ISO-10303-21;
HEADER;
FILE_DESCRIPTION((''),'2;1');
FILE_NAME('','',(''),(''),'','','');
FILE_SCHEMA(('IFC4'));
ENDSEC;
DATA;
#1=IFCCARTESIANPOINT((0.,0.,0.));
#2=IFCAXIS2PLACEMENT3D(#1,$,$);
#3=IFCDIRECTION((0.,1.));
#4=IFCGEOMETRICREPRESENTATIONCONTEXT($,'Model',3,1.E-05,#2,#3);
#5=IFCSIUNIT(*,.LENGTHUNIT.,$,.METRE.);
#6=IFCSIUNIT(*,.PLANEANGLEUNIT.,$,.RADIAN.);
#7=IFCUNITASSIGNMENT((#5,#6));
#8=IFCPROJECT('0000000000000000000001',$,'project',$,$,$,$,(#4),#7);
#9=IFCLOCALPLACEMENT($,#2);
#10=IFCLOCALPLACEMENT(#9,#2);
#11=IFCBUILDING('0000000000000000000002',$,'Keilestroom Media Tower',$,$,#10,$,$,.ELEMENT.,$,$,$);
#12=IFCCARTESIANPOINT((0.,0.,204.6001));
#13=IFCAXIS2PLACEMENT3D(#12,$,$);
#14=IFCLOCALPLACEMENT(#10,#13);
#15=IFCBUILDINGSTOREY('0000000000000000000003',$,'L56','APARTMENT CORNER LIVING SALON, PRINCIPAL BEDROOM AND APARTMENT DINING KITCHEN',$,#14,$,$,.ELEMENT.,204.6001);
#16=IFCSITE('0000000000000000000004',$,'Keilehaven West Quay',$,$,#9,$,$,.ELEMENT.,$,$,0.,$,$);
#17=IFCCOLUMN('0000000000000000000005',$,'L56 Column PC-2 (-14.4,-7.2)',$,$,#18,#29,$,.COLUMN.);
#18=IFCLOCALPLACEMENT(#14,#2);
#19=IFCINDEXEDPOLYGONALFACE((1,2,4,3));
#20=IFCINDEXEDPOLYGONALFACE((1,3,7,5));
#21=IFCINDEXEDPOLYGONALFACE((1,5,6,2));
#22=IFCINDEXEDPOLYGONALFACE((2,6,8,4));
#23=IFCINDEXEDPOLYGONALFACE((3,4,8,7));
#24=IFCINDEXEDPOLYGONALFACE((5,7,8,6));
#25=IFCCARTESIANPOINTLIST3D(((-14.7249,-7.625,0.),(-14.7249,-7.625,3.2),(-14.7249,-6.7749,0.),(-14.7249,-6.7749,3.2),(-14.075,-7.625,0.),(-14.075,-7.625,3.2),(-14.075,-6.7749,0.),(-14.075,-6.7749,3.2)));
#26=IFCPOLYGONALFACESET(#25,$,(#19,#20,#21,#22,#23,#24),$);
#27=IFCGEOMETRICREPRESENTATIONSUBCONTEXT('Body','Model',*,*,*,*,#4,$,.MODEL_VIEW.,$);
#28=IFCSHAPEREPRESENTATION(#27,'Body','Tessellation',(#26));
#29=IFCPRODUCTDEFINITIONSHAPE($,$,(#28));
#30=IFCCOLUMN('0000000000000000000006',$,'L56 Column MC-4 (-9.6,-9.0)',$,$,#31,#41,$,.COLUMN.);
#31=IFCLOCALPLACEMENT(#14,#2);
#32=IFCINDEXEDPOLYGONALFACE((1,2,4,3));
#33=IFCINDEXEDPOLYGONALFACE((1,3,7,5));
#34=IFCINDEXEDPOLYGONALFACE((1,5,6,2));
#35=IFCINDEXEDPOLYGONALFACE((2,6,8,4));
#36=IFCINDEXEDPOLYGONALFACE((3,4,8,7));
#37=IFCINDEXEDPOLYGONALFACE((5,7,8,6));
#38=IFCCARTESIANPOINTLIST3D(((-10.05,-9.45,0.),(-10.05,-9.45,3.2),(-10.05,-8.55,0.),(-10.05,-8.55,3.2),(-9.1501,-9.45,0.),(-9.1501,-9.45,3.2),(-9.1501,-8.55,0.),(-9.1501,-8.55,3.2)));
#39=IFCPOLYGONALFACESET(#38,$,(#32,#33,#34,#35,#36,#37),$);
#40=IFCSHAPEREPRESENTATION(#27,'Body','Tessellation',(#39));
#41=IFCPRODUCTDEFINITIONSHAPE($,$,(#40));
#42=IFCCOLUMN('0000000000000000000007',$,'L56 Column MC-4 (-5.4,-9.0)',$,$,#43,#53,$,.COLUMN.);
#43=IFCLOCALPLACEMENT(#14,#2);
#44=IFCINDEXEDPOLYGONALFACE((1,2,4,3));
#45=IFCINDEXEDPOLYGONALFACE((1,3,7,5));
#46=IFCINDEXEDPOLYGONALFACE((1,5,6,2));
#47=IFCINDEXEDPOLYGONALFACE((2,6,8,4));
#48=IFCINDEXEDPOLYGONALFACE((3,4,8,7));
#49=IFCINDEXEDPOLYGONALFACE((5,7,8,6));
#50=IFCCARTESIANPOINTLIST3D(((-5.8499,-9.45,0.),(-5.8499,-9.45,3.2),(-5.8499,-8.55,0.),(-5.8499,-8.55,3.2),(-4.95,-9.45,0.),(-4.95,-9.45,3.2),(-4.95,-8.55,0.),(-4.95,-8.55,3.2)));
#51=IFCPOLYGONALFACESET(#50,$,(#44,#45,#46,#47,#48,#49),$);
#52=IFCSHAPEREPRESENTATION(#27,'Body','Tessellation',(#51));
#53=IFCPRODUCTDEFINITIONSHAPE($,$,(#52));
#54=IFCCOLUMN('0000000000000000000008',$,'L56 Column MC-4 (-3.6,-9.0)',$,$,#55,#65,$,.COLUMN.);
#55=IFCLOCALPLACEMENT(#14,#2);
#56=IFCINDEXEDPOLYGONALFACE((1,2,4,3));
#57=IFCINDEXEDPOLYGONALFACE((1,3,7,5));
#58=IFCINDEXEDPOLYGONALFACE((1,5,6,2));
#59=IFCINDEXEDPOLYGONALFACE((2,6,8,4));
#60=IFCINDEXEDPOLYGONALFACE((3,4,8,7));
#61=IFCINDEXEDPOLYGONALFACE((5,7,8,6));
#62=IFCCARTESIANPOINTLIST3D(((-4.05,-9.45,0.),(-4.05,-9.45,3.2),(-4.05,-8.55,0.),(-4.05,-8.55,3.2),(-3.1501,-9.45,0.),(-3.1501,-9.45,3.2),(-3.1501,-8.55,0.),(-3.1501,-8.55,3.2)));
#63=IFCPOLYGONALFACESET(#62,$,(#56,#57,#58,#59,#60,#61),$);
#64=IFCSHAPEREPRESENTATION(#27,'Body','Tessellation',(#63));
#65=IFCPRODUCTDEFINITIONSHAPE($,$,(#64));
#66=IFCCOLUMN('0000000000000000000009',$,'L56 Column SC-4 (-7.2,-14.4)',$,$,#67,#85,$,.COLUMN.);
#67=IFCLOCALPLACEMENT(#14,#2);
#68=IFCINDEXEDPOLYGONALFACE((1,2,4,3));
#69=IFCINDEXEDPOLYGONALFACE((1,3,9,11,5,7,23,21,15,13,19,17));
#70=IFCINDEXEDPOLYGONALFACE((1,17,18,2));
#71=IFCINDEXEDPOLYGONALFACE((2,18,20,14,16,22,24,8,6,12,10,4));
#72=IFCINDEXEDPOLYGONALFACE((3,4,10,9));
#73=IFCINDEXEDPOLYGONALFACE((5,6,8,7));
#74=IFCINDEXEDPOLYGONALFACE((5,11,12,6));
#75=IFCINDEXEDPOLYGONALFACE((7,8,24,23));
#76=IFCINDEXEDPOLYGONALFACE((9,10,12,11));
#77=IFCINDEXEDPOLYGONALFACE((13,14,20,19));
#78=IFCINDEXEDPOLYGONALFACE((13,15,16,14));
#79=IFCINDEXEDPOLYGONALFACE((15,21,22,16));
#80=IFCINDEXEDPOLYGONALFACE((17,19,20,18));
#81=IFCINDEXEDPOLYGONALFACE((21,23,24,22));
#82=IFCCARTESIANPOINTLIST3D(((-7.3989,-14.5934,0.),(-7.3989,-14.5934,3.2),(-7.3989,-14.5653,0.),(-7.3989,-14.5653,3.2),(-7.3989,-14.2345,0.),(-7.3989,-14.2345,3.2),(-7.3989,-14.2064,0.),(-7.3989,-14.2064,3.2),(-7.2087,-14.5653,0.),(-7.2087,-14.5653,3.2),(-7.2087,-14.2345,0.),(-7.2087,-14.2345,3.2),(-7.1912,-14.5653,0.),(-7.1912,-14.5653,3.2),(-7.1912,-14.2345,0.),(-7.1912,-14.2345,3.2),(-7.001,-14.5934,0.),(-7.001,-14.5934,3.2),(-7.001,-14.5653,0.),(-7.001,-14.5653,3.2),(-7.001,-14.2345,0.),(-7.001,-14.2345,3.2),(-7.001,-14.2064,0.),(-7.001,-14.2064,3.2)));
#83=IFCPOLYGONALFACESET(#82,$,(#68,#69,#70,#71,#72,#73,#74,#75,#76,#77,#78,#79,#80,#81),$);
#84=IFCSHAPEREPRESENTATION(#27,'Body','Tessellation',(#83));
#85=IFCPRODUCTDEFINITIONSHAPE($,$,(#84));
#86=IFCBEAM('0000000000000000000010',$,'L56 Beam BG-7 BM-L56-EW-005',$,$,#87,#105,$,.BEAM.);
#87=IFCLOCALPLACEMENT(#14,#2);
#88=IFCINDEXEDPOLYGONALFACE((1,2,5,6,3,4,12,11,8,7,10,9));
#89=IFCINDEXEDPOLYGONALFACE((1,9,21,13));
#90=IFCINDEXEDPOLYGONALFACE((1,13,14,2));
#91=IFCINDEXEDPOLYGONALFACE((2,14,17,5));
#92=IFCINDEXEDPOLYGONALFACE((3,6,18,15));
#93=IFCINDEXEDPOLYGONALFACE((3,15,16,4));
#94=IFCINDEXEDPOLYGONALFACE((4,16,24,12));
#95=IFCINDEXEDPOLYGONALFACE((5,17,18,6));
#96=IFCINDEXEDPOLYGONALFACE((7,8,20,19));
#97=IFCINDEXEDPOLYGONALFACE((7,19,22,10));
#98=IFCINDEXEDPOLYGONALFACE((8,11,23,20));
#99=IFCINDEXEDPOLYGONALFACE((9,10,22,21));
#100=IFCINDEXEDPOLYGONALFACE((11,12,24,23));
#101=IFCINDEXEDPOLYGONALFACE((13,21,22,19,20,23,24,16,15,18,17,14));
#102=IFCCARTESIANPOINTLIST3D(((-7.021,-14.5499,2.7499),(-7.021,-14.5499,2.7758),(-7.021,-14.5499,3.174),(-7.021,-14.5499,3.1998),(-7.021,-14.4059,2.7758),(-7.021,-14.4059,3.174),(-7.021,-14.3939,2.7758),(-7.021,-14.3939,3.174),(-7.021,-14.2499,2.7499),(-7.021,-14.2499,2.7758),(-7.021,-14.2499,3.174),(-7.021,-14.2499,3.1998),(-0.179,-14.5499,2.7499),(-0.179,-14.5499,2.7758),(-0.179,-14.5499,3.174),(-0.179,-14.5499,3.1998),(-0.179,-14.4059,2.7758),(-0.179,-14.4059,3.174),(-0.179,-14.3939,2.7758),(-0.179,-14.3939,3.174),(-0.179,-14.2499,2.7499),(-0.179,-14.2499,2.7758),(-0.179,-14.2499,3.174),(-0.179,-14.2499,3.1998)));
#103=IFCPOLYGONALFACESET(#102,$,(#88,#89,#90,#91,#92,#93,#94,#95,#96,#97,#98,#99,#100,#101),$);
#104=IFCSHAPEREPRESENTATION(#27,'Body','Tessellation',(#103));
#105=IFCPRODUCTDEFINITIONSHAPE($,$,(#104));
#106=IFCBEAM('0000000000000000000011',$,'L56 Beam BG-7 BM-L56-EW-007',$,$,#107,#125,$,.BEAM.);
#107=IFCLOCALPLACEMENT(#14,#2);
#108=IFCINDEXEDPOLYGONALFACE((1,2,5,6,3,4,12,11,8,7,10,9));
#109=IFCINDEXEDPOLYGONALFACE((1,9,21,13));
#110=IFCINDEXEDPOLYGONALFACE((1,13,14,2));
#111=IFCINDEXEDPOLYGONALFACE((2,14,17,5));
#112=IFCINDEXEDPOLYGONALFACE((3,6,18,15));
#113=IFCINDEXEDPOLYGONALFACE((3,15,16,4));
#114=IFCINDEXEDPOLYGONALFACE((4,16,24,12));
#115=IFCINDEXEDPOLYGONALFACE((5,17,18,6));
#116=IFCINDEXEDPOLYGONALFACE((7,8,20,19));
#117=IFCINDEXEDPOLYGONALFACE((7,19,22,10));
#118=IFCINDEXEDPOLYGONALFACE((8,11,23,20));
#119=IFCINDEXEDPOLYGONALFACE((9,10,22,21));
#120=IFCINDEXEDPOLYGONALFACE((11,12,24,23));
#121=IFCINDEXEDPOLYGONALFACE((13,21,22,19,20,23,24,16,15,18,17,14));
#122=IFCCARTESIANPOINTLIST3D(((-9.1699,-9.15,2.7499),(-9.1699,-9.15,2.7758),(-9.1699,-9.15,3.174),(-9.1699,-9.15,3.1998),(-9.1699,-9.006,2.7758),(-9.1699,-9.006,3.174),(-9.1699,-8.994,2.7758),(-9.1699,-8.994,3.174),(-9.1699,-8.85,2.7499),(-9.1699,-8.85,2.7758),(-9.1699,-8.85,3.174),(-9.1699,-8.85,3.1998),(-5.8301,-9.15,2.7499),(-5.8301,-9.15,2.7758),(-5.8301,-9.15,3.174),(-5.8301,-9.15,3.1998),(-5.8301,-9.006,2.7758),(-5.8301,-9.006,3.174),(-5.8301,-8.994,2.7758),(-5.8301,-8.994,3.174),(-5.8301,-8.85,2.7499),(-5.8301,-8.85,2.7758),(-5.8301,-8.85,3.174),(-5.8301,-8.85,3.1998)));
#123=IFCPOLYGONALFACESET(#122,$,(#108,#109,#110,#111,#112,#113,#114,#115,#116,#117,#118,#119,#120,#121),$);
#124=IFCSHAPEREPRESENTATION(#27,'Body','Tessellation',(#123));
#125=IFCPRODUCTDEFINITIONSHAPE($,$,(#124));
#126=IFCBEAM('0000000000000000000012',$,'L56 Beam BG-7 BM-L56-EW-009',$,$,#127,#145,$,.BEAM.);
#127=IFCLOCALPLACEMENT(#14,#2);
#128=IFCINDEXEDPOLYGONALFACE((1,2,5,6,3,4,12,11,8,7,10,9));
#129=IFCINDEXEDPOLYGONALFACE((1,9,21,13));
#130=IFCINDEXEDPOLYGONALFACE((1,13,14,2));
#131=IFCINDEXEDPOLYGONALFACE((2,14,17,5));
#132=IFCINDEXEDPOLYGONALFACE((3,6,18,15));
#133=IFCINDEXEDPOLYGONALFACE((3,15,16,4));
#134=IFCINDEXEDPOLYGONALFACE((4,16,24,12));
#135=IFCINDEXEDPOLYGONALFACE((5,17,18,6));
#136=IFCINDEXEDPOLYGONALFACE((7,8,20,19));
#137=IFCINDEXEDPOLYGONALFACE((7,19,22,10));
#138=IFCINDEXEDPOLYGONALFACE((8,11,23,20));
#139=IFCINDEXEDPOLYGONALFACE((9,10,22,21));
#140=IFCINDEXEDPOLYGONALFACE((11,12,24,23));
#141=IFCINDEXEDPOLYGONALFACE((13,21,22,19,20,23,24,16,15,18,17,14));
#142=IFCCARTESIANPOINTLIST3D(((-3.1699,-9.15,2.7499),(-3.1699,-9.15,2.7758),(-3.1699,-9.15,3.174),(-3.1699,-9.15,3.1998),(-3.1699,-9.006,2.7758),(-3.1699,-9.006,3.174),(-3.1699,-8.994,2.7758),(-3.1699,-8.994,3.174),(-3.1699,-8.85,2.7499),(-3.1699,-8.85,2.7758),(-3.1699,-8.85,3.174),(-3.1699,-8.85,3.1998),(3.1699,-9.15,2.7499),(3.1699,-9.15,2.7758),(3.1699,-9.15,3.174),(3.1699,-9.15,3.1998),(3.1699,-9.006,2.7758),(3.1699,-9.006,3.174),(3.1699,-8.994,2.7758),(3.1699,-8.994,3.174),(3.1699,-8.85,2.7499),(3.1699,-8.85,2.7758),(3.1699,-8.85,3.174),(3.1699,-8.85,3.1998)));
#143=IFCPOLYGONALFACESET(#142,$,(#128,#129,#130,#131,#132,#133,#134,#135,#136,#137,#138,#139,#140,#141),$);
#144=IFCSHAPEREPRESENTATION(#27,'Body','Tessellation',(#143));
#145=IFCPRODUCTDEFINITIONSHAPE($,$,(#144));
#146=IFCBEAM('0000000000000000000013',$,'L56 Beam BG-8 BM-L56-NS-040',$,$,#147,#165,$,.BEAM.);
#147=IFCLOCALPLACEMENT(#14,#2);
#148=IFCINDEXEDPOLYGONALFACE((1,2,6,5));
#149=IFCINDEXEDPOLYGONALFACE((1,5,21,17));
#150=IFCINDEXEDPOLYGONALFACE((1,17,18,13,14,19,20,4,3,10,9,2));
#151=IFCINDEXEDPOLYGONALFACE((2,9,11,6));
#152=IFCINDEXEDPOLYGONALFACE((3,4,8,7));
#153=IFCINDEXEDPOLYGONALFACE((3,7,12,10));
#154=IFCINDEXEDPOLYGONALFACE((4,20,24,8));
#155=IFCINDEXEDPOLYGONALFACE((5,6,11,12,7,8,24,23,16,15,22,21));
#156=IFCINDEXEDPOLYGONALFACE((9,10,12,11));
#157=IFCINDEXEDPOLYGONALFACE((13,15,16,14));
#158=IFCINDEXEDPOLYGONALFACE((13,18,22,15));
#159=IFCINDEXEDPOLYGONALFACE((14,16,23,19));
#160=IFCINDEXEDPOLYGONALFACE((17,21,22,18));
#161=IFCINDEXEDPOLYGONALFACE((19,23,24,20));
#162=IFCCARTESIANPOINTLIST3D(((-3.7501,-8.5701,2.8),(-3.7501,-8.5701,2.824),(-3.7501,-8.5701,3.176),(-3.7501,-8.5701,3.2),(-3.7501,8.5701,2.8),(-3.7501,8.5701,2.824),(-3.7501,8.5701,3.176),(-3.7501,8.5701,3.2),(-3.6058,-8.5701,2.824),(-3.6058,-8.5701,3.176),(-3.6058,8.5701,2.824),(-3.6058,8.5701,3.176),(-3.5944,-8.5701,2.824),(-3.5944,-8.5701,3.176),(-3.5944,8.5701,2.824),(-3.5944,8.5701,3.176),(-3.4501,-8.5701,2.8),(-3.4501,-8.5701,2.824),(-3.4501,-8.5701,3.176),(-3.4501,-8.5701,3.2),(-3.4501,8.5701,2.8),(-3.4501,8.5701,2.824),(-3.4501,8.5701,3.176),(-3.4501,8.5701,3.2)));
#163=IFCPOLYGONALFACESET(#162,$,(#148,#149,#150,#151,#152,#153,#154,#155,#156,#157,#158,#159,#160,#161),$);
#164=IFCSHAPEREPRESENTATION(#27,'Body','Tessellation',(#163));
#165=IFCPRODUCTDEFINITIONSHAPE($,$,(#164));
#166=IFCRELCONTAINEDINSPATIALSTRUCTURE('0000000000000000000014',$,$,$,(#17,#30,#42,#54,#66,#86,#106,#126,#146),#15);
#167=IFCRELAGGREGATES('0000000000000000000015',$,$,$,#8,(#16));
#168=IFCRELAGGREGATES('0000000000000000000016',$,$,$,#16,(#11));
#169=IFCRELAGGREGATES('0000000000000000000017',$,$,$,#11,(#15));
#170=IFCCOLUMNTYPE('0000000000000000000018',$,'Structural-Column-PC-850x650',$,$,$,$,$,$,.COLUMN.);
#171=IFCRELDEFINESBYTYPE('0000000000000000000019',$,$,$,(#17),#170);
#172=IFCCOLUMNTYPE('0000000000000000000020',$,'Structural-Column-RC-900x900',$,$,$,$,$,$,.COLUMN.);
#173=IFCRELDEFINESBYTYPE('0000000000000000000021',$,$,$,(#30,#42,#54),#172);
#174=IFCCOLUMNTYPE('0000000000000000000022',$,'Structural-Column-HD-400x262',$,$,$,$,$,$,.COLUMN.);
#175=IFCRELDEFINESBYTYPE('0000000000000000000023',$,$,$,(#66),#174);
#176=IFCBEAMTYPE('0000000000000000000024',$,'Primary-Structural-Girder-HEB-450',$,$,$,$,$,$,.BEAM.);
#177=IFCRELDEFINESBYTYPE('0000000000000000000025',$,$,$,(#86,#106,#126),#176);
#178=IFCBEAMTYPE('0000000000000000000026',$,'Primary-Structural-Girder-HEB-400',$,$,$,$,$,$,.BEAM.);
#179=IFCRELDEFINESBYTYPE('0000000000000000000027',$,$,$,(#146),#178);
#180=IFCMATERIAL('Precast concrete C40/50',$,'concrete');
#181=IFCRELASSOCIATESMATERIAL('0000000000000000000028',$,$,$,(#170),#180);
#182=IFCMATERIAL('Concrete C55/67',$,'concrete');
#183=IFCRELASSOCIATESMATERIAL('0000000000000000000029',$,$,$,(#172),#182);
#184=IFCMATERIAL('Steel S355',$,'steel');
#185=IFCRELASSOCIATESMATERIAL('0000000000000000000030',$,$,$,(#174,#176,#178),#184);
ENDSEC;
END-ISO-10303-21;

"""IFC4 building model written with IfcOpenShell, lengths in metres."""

from ifc_helpers import new_model, si_unit, direction, frame, origin, origin_2d, place, context, subcontext, project, spatial, rectangle, i_section, extrude, source, transform, mapped, material, material_profile, profile_set, type_object, element, save


model = new_model("IFC4")

# Units and contexts
model_context = context("Model", 3, precision=1e-05, world=origin(), true_north=direction((0.0, 1.0)))
body_context = subcontext(model_context, "Body", "Model", "MODEL_VIEW")
ifc_project = project(units=[si_unit("LENGTHUNIT", "METRE"), si_unit("PLANEANGLEUNIT", "RADIAN")], contexts=[model_context])

# Site, building, storey
site_placement = place(None, origin())
site = spatial("IfcSite", under=ifc_project, at=site_placement, Name="Keilehaven West Quay", CompositionType="ELEMENT", RefElevation=0.0)
building_placement = place(site_placement, origin())
building = spatial("IfcBuilding", under=site, at=building_placement, Name="Keilestroom Media Tower", CompositionType="ELEMENT")
storey_placement = place(building_placement, frame((0.0, 0.0, 204.6001)))
storey = spatial("IfcBuildingStorey", under=building, at=storey_placement, Name="L56", Description="APARTMENT CORNER LIVING SALON, PRINCIPAL BEDROOM AND APARTMENT DINING KITCHEN", CompositionType="ELEMENT", Elevation=204.6001)

# Columns
ifc_material_1 = material(Name="Precast concrete C40/50", Category="concrete")
ifc_material_profile_1 = material_profile(ifc_material_1, rectangle(XDim=0.6499, YDim=0.8501, at=origin_2d()), Name="PC 850x650")
ifc_profile_set_1 = profile_set([ifc_material_profile_1], Name="Precast concrete C40/50")
column_type_1 = type_object("IfcColumnType", Name="Structural-Column-PC-850x650", PredefinedType="COLUMN", material=ifc_profile_set_1)
shared_shape_1 = source(origin(), body_context, "Body", "SweptSolid", [
    extrude(rectangle(XDim=0.6499, YDim=0.8501, at=origin_2d()), origin(), (0.0, 0.0, 1.0), 3.2),
])
column_1_placement = place(storey_placement, frame((-14.3999, -7.2, 0.0), z_axis=(0.0, 0.0, 1.0), x_axis=(1.0, 0.0, 0.0)))
element("IfcColumn", 1, at=column_1_placement, inside=storey, type_object=column_type_1, Name="L56 Column PC-2 (-14.4,-7.2)", PredefinedType="COLUMN", context=body_context, shape_type="MappedRepresentation", body=[
    mapped(shared_shape_1, transform((0.0, 0.0, 0.0), x_axis=(1.0, 0.0, 0.0), y_axis=(0.0, 1.0, 0.0), z_axis=(0.0, 0.0, 1.0), scale=1.0)),
])
ifc_material_2 = material(Name="Concrete C55/67", Category="concrete")
ifc_material_profile_2 = material_profile(ifc_material_2, rectangle(XDim=0.8999, YDim=0.8999, at=origin_2d()), Name="RC 900x900")
ifc_profile_set_2 = profile_set([ifc_material_profile_2], Name="Concrete C55/67")
column_type_2 = type_object("IfcColumnType", Name="Structural-Column-RC-900x900", PredefinedType="COLUMN", material=ifc_profile_set_2)
shared_shape_2 = source(origin(), body_context, "Body", "SweptSolid", [
    extrude(rectangle(XDim=0.8999, YDim=0.8999, at=origin_2d()), origin(), (0.0, 0.0, 1.0), 3.2),
])
for number, where, z_axis, x_axis, name in (
    (2, (-9.6001, -9.0, 0.0), (0.0, 0.0, 1.0), (1.0, 0.0, 0.0), "L56 Column MC-4 (-9.6,-9.0)"),
    (3, (-5.3999, -9.0, 0.0), (0.0, 0.0, 1.0), (1.0, 0.0, 0.0), "L56 Column MC-4 (-5.4,-9.0)"),
    (4, (-3.6001, -9.0, 0.0), (0.0, 0.0, 1.0), (1.0, 0.0, 0.0), "L56 Column MC-4 (-3.6,-9.0)"),
):
    element("IfcColumn", number, at=place(storey_placement, frame(where, z_axis=z_axis, x_axis=x_axis)), inside=storey, type_object=column_type_2, Name=name, PredefinedType="COLUMN", context=body_context, shape_type="MappedRepresentation", body=[
        mapped(shared_shape_2, transform((0.0, 0.0, 0.0), x_axis=(1.0, 0.0, 0.0), y_axis=(0.0, 1.0, 0.0), z_axis=(0.0, 0.0, 1.0), scale=1.0)),
    ])
ifc_material_3 = material(Name="Steel S355", Category="steel")
ifc_material_profile_3 = material_profile(ifc_material_3, i_section(OverallWidth=0.3979, OverallDepth=0.387, WebThickness=0.0176, FlangeThickness=0.0281, at=origin_2d()), Name="HD 400x262")
ifc_profile_set_3 = profile_set([ifc_material_profile_3], Name="Steel S355")
column_type_3 = type_object("IfcColumnType", Name="Structural-Column-HD-400x262", PredefinedType="COLUMN", material=ifc_profile_set_3)
shared_shape_3 = source(origin(), body_context, "Body", "SweptSolid", [
    extrude(i_section(OverallWidth=0.3979, OverallDepth=0.387, WebThickness=0.0176, FlangeThickness=0.0281, at=origin_2d()), origin(), (0.0, 0.0, 1.0), 3.2),
])
column_2_placement = place(storey_placement, frame((-7.2, -14.3999, 0.0), z_axis=(0.0, 0.0, 1.0), x_axis=(1.0, 0.0, 0.0)))
element("IfcColumn", 5, at=column_2_placement, inside=storey, type_object=column_type_3, Name="L56 Column SC-4 (-7.2,-14.4)", PredefinedType="COLUMN", context=body_context, shape_type="MappedRepresentation", body=[
    mapped(shared_shape_3, transform((0.0, 0.0, 0.0), x_axis=(1.0, 0.0, 0.0), y_axis=(0.0, 1.0, 0.0), z_axis=(0.0, 0.0, 1.0), scale=1.0)),
])

# Beams
ifc_material_profile_4 = material_profile(ifc_material_3, i_section(OverallWidth=0.3, OverallDepth=0.45, WebThickness=0.012, FlangeThickness=0.0259, at=origin_2d()), Name="HEB 450")
ifc_profile_set_4 = profile_set([ifc_material_profile_4], Name="Steel S355")
beam_type_1 = type_object("IfcBeamType", Name="Primary-Structural-Girder-HEB-450", PredefinedType="BEAM", material=ifc_profile_set_4)
shared_shape_4 = source(origin(), body_context, "Body", "SweptSolid", [
    extrude(i_section(OverallWidth=0.3, OverallDepth=0.45, WebThickness=0.012, FlangeThickness=0.0259, at=origin_2d()), origin(), (0.0, 0.0, 1.0), 6.842),
])
beam_1_placement = place(storey_placement, frame((-7.021, -14.3999, 2.9749), z_axis=(1.0, 0.0, 0.0), x_axis=(0.0, 1.0, 0.0)))
element("IfcBeam", 6, at=beam_1_placement, inside=storey, type_object=beam_type_1, Name="L56 Beam BG-7 BM-L56-EW-005", PredefinedType="BEAM", context=body_context, shape_type="MappedRepresentation", body=[
    mapped(shared_shape_4, transform((0.0, 0.0, 0.0), x_axis=(1.0, 0.0, 0.0), y_axis=(0.0, 1.0, 0.0), z_axis=(0.0, 0.0, 1.0), scale=1.0)),
])
shared_shape_5 = source(origin(), body_context, "Body", "SweptSolid", [
    extrude(i_section(OverallWidth=0.3, OverallDepth=0.45, WebThickness=0.012, FlangeThickness=0.0259, at=origin_2d()), origin(), (0.0, 0.0, 1.0), 3.3398),
])
beam_2_placement = place(storey_placement, frame((-9.1699, -9.0, 2.9749), z_axis=(1.0, 0.0, 0.0), x_axis=(0.0, 1.0, 0.0)))
element("IfcBeam", 7, at=beam_2_placement, inside=storey, type_object=beam_type_1, Name="L56 Beam BG-7 BM-L56-EW-007", PredefinedType="BEAM", context=body_context, shape_type="MappedRepresentation", body=[
    mapped(shared_shape_5, transform((0.0, 0.0, 0.0), x_axis=(1.0, 0.0, 0.0), y_axis=(0.0, 1.0, 0.0), z_axis=(0.0, 0.0, 1.0), scale=1.0)),
])
shared_shape_6 = source(origin(), body_context, "Body", "SweptSolid", [
    extrude(i_section(OverallWidth=0.3, OverallDepth=0.45, WebThickness=0.012, FlangeThickness=0.0259, at=origin_2d()), origin(), (0.0, 0.0, 1.0), 6.3398),
])
beam_3_placement = place(storey_placement, frame((-3.1699, -9.0, 2.9749), z_axis=(1.0, 0.0, 0.0), x_axis=(0.0, 1.0, 0.0)))
element("IfcBeam", 8, at=beam_3_placement, inside=storey, type_object=beam_type_1, Name="L56 Beam BG-7 BM-L56-EW-009", PredefinedType="BEAM", context=body_context, shape_type="MappedRepresentation", body=[
    mapped(shared_shape_6, transform((0.0, 0.0, 0.0), x_axis=(1.0, 0.0, 0.0), y_axis=(0.0, 1.0, 0.0), z_axis=(0.0, 0.0, 1.0), scale=1.0)),
])
ifc_material_profile_5 = material_profile(ifc_material_3, i_section(OverallWidth=0.3, OverallDepth=0.3999, WebThickness=0.0115, FlangeThickness=0.0239, at=origin_2d()), Name="HEB 400")
ifc_profile_set_5 = profile_set([ifc_material_profile_5], Name="Steel S355")
beam_type_2 = type_object("IfcBeamType", Name="Primary-Structural-Girder-HEB-400", PredefinedType="BEAM", material=ifc_profile_set_5)
shared_shape_7 = source(origin(), body_context, "Body", "SweptSolid", [
    extrude(i_section(OverallWidth=0.3, OverallDepth=0.3999, WebThickness=0.0115, FlangeThickness=0.0239, at=origin_2d()), origin(), (0.0, 0.0, 1.0), 17.1401),
])
beam_4_placement = place(storey_placement, frame((-3.6001, -8.5701, 3.0), z_axis=(0.0, 1.0, 0.0), x_axis=(-1.0, 0.0, 0.0)))
element("IfcBeam", 9, at=beam_4_placement, inside=storey, type_object=beam_type_2, Name="L56 Beam BG-8 BM-L56-NS-040", PredefinedType="BEAM", context=body_context, shape_type="MappedRepresentation", body=[
    mapped(shared_shape_7, transform((0.0, 0.0, 0.0), x_axis=(1.0, 0.0, 0.0), y_axis=(0.0, 1.0, 0.0), z_axis=(0.0, 0.0, 1.0), scale=1.0)),
])

save(model, "model.ifc")
